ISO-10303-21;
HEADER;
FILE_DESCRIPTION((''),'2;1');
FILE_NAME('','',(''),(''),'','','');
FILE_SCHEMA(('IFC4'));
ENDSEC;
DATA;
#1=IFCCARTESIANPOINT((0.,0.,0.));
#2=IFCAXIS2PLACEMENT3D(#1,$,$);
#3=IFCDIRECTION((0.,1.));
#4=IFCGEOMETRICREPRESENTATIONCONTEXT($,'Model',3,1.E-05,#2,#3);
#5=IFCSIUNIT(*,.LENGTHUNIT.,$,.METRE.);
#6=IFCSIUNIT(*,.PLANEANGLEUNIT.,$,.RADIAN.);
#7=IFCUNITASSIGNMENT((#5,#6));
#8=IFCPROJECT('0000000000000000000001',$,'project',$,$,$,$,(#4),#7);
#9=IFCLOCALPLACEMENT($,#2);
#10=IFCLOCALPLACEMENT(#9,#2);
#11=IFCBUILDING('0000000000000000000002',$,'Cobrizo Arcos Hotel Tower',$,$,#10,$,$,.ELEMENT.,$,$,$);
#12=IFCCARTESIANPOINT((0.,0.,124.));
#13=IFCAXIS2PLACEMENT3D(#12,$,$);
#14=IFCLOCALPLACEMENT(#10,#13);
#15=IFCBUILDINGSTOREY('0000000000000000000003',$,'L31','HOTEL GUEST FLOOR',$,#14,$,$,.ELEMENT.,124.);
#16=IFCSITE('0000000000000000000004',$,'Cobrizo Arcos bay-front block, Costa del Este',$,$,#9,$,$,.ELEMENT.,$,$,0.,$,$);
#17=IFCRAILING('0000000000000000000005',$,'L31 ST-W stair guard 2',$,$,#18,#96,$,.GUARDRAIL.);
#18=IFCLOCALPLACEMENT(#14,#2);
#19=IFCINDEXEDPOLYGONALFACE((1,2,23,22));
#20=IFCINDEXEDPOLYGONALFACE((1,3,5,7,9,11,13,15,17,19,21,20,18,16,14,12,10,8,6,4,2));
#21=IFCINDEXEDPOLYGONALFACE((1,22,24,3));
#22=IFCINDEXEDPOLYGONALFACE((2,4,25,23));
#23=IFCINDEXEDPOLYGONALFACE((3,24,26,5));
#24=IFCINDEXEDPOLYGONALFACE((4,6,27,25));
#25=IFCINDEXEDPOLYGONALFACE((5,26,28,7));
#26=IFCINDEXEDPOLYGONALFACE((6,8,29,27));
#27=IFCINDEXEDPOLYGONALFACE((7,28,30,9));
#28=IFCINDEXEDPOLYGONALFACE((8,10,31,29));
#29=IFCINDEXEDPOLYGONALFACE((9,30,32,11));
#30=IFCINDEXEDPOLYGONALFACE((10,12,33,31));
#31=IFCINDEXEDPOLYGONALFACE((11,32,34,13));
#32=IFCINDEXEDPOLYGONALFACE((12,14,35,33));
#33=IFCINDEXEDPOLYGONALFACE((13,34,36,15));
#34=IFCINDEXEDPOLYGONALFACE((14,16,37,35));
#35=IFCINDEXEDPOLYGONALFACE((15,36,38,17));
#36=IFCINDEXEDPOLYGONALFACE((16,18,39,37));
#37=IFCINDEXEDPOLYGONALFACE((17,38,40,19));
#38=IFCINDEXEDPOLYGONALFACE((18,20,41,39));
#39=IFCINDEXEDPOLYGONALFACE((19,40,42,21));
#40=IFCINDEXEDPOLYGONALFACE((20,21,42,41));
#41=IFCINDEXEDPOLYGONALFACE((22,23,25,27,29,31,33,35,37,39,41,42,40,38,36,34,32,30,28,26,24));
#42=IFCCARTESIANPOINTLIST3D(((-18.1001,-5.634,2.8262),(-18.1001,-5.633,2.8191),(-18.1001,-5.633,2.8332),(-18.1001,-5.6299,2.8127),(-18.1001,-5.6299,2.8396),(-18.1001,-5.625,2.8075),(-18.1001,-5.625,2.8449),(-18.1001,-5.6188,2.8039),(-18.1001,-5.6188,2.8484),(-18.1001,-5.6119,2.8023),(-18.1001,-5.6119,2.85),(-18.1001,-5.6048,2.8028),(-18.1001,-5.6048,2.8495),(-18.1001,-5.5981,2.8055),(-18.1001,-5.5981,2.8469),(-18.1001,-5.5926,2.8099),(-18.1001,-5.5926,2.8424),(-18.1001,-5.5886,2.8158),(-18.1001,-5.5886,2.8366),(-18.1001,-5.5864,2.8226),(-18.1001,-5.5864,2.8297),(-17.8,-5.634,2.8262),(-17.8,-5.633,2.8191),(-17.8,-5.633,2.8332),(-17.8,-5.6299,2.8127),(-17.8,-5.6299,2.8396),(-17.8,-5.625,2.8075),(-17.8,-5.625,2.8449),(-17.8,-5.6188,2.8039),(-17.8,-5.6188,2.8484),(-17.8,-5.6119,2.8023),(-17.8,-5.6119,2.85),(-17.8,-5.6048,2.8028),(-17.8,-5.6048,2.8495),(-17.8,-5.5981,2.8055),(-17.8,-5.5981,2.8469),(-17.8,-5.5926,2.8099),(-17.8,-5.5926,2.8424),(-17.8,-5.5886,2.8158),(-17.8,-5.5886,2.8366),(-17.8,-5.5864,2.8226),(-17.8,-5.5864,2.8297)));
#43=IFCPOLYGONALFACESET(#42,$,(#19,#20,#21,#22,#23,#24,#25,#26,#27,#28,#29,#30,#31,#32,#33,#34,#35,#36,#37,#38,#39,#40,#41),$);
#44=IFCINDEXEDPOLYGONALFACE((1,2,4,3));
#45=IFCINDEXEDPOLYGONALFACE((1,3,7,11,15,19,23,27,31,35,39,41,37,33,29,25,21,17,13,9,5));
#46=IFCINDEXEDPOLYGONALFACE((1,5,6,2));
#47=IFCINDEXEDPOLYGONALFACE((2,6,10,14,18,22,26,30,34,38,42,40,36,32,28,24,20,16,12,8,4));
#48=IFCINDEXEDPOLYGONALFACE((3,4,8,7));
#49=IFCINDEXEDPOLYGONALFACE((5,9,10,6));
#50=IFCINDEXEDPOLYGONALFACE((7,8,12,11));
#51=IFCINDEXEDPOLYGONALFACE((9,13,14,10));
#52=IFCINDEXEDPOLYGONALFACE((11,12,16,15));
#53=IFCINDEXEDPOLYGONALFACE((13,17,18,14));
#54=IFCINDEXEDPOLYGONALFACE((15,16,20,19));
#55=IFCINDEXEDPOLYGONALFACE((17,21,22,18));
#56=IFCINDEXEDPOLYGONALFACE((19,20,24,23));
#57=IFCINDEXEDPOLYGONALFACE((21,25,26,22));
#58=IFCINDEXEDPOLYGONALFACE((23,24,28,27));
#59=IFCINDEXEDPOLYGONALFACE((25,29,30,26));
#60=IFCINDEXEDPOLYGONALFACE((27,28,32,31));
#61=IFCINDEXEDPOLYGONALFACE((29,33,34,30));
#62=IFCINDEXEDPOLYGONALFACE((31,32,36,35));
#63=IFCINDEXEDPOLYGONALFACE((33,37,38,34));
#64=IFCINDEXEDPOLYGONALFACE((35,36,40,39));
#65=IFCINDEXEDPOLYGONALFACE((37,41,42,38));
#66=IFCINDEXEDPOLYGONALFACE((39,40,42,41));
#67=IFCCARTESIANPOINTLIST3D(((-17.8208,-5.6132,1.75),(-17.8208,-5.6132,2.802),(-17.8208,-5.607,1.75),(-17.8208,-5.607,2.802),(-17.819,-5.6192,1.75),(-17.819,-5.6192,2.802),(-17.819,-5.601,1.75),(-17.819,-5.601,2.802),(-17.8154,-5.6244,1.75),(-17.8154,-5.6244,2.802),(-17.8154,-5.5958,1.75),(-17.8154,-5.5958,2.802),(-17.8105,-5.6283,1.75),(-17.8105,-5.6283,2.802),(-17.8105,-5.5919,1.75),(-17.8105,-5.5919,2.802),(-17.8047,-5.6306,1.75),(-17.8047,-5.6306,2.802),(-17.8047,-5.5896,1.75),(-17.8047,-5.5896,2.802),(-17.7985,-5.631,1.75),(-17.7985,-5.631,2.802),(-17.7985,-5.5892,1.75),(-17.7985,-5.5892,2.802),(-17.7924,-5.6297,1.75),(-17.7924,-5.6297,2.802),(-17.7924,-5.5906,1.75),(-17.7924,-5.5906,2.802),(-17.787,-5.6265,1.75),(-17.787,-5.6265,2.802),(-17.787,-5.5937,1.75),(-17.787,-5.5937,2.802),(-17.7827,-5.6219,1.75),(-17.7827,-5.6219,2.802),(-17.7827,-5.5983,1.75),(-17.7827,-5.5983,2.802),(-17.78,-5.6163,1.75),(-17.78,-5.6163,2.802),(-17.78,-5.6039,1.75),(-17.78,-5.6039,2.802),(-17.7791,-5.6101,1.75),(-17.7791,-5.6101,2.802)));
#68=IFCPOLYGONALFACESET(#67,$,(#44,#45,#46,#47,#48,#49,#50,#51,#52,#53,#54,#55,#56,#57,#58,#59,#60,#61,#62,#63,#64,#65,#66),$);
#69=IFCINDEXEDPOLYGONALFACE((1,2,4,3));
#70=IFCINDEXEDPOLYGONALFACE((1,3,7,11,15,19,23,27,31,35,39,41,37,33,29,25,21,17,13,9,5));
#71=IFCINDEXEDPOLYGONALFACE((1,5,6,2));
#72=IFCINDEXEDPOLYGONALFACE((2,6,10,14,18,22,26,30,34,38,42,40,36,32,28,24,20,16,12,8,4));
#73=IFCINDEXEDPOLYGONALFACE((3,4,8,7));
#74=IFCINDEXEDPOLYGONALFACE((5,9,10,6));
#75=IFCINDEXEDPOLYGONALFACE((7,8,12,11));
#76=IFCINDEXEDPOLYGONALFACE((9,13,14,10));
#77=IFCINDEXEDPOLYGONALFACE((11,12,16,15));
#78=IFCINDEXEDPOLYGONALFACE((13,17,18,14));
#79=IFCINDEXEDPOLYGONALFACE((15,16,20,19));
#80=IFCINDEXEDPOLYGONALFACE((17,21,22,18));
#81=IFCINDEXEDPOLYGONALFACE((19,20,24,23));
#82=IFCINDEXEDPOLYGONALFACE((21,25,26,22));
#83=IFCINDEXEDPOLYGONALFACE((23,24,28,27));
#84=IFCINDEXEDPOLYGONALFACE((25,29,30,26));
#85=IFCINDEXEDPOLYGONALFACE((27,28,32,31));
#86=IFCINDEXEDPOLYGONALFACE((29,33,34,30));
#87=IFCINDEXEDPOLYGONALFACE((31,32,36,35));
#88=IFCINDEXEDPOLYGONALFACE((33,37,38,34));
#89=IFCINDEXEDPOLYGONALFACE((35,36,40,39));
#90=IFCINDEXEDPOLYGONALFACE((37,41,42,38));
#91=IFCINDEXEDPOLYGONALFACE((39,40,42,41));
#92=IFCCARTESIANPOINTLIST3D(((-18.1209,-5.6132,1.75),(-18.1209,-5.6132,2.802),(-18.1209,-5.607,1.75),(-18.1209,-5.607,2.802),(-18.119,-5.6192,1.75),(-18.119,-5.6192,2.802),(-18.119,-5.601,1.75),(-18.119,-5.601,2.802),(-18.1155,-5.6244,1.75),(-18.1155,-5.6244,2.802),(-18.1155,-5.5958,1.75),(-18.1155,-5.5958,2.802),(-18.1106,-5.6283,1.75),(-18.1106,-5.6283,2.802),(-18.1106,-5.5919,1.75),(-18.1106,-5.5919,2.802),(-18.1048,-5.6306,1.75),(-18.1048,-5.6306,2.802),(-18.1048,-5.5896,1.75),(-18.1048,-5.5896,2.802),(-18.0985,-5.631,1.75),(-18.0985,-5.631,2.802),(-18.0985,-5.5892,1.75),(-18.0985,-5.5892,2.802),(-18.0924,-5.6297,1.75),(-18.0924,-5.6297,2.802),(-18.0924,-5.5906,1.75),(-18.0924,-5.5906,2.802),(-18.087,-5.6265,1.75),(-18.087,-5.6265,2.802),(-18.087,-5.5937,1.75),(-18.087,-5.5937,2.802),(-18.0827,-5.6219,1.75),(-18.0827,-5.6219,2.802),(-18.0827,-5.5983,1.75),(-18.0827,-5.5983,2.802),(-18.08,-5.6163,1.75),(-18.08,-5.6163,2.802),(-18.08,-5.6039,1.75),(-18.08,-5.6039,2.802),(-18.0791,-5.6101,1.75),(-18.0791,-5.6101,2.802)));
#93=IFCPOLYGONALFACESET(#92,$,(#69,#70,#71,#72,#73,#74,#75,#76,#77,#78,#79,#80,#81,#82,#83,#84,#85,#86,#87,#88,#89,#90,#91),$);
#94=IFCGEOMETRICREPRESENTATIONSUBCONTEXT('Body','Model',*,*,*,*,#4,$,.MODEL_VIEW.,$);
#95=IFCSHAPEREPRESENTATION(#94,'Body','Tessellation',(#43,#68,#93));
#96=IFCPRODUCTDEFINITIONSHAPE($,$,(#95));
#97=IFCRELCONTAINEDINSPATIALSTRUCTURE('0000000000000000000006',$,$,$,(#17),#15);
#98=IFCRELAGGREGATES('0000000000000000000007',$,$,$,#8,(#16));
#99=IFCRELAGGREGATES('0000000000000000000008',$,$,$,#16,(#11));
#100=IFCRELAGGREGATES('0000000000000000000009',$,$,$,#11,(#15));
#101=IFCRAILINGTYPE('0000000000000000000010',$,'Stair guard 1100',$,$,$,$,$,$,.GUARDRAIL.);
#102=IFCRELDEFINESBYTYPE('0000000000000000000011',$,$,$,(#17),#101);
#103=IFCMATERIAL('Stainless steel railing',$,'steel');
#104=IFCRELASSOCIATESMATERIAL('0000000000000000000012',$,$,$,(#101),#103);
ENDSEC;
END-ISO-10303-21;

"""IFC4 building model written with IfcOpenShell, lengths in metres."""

from ifc_helpers import new_model, si_unit, direction, frame, origin, origin_2d, place, context, subcontext, project, spatial, circle, extrude, material, type_object, element, save


model = new_model("IFC4")

# Units and contexts
model_context = context("Model", 3, precision=1e-05, world=origin(), true_north=direction((0.0, 1.0)))
body_context = subcontext(model_context, "Body", "Model", "MODEL_VIEW")
ifc_project = project(units=[si_unit("LENGTHUNIT", "METRE"), si_unit("PLANEANGLEUNIT", "RADIAN")], contexts=[model_context])

# Site, building, storey
site_placement = place(None, origin())
site = spatial("IfcSite", under=ifc_project, at=site_placement, Name="Cobrizo Arcos bay-front block, Costa del Este", CompositionType="ELEMENT", RefElevation=0.0)
building_placement = place(site_placement, origin())
building = spatial("IfcBuilding", under=site, at=building_placement, Name="Cobrizo Arcos Hotel Tower", CompositionType="ELEMENT")
storey_placement = place(building_placement, frame((0.0, 0.0, 124.0)))
storey = spatial("IfcBuildingStorey", under=building, at=storey_placement, Name="L31", Description="HOTEL GUEST FLOOR", CompositionType="ELEMENT", Elevation=124.0)

# Railing
ifc_material_1 = material(Name="Stainless steel railing", Category="steel")
railing_type_1 = type_object("IfcRailingType", Name="Stair guard 1100", PredefinedType="GUARDRAIL", material=ifc_material_1)
railing_1_placement = place(storey_placement, frame((-17.8, -5.6101, 1.75)))
element("IfcRailing", 1, at=railing_1_placement, inside=storey, type_object=railing_type_1, Name="L31 ST-W stair guard 2", PredefinedType="GUARDRAIL", context=body_context, shape_type="SweptSolid", body=[
    extrude(circle(Radius=0.0239, at=origin_2d()), frame((0.0, 0.0, 1.0762), z_axis=(-1.0, 0.0, 0.0), x_axis=(0.0, -1.0, 0.0)), (0.0, 0.0, 1.0), 0.3),
    extrude(circle(Radius=0.021, at=origin_2d()), origin(), (0.0, 0.0, 1.0), 1.052),
    extrude(circle(Radius=0.021, at=origin_2d()), frame((-0.3, 0.0, 0.0)), (0.0, 0.0, 1.0), 1.052),
])

save(model, "model.ifc")
